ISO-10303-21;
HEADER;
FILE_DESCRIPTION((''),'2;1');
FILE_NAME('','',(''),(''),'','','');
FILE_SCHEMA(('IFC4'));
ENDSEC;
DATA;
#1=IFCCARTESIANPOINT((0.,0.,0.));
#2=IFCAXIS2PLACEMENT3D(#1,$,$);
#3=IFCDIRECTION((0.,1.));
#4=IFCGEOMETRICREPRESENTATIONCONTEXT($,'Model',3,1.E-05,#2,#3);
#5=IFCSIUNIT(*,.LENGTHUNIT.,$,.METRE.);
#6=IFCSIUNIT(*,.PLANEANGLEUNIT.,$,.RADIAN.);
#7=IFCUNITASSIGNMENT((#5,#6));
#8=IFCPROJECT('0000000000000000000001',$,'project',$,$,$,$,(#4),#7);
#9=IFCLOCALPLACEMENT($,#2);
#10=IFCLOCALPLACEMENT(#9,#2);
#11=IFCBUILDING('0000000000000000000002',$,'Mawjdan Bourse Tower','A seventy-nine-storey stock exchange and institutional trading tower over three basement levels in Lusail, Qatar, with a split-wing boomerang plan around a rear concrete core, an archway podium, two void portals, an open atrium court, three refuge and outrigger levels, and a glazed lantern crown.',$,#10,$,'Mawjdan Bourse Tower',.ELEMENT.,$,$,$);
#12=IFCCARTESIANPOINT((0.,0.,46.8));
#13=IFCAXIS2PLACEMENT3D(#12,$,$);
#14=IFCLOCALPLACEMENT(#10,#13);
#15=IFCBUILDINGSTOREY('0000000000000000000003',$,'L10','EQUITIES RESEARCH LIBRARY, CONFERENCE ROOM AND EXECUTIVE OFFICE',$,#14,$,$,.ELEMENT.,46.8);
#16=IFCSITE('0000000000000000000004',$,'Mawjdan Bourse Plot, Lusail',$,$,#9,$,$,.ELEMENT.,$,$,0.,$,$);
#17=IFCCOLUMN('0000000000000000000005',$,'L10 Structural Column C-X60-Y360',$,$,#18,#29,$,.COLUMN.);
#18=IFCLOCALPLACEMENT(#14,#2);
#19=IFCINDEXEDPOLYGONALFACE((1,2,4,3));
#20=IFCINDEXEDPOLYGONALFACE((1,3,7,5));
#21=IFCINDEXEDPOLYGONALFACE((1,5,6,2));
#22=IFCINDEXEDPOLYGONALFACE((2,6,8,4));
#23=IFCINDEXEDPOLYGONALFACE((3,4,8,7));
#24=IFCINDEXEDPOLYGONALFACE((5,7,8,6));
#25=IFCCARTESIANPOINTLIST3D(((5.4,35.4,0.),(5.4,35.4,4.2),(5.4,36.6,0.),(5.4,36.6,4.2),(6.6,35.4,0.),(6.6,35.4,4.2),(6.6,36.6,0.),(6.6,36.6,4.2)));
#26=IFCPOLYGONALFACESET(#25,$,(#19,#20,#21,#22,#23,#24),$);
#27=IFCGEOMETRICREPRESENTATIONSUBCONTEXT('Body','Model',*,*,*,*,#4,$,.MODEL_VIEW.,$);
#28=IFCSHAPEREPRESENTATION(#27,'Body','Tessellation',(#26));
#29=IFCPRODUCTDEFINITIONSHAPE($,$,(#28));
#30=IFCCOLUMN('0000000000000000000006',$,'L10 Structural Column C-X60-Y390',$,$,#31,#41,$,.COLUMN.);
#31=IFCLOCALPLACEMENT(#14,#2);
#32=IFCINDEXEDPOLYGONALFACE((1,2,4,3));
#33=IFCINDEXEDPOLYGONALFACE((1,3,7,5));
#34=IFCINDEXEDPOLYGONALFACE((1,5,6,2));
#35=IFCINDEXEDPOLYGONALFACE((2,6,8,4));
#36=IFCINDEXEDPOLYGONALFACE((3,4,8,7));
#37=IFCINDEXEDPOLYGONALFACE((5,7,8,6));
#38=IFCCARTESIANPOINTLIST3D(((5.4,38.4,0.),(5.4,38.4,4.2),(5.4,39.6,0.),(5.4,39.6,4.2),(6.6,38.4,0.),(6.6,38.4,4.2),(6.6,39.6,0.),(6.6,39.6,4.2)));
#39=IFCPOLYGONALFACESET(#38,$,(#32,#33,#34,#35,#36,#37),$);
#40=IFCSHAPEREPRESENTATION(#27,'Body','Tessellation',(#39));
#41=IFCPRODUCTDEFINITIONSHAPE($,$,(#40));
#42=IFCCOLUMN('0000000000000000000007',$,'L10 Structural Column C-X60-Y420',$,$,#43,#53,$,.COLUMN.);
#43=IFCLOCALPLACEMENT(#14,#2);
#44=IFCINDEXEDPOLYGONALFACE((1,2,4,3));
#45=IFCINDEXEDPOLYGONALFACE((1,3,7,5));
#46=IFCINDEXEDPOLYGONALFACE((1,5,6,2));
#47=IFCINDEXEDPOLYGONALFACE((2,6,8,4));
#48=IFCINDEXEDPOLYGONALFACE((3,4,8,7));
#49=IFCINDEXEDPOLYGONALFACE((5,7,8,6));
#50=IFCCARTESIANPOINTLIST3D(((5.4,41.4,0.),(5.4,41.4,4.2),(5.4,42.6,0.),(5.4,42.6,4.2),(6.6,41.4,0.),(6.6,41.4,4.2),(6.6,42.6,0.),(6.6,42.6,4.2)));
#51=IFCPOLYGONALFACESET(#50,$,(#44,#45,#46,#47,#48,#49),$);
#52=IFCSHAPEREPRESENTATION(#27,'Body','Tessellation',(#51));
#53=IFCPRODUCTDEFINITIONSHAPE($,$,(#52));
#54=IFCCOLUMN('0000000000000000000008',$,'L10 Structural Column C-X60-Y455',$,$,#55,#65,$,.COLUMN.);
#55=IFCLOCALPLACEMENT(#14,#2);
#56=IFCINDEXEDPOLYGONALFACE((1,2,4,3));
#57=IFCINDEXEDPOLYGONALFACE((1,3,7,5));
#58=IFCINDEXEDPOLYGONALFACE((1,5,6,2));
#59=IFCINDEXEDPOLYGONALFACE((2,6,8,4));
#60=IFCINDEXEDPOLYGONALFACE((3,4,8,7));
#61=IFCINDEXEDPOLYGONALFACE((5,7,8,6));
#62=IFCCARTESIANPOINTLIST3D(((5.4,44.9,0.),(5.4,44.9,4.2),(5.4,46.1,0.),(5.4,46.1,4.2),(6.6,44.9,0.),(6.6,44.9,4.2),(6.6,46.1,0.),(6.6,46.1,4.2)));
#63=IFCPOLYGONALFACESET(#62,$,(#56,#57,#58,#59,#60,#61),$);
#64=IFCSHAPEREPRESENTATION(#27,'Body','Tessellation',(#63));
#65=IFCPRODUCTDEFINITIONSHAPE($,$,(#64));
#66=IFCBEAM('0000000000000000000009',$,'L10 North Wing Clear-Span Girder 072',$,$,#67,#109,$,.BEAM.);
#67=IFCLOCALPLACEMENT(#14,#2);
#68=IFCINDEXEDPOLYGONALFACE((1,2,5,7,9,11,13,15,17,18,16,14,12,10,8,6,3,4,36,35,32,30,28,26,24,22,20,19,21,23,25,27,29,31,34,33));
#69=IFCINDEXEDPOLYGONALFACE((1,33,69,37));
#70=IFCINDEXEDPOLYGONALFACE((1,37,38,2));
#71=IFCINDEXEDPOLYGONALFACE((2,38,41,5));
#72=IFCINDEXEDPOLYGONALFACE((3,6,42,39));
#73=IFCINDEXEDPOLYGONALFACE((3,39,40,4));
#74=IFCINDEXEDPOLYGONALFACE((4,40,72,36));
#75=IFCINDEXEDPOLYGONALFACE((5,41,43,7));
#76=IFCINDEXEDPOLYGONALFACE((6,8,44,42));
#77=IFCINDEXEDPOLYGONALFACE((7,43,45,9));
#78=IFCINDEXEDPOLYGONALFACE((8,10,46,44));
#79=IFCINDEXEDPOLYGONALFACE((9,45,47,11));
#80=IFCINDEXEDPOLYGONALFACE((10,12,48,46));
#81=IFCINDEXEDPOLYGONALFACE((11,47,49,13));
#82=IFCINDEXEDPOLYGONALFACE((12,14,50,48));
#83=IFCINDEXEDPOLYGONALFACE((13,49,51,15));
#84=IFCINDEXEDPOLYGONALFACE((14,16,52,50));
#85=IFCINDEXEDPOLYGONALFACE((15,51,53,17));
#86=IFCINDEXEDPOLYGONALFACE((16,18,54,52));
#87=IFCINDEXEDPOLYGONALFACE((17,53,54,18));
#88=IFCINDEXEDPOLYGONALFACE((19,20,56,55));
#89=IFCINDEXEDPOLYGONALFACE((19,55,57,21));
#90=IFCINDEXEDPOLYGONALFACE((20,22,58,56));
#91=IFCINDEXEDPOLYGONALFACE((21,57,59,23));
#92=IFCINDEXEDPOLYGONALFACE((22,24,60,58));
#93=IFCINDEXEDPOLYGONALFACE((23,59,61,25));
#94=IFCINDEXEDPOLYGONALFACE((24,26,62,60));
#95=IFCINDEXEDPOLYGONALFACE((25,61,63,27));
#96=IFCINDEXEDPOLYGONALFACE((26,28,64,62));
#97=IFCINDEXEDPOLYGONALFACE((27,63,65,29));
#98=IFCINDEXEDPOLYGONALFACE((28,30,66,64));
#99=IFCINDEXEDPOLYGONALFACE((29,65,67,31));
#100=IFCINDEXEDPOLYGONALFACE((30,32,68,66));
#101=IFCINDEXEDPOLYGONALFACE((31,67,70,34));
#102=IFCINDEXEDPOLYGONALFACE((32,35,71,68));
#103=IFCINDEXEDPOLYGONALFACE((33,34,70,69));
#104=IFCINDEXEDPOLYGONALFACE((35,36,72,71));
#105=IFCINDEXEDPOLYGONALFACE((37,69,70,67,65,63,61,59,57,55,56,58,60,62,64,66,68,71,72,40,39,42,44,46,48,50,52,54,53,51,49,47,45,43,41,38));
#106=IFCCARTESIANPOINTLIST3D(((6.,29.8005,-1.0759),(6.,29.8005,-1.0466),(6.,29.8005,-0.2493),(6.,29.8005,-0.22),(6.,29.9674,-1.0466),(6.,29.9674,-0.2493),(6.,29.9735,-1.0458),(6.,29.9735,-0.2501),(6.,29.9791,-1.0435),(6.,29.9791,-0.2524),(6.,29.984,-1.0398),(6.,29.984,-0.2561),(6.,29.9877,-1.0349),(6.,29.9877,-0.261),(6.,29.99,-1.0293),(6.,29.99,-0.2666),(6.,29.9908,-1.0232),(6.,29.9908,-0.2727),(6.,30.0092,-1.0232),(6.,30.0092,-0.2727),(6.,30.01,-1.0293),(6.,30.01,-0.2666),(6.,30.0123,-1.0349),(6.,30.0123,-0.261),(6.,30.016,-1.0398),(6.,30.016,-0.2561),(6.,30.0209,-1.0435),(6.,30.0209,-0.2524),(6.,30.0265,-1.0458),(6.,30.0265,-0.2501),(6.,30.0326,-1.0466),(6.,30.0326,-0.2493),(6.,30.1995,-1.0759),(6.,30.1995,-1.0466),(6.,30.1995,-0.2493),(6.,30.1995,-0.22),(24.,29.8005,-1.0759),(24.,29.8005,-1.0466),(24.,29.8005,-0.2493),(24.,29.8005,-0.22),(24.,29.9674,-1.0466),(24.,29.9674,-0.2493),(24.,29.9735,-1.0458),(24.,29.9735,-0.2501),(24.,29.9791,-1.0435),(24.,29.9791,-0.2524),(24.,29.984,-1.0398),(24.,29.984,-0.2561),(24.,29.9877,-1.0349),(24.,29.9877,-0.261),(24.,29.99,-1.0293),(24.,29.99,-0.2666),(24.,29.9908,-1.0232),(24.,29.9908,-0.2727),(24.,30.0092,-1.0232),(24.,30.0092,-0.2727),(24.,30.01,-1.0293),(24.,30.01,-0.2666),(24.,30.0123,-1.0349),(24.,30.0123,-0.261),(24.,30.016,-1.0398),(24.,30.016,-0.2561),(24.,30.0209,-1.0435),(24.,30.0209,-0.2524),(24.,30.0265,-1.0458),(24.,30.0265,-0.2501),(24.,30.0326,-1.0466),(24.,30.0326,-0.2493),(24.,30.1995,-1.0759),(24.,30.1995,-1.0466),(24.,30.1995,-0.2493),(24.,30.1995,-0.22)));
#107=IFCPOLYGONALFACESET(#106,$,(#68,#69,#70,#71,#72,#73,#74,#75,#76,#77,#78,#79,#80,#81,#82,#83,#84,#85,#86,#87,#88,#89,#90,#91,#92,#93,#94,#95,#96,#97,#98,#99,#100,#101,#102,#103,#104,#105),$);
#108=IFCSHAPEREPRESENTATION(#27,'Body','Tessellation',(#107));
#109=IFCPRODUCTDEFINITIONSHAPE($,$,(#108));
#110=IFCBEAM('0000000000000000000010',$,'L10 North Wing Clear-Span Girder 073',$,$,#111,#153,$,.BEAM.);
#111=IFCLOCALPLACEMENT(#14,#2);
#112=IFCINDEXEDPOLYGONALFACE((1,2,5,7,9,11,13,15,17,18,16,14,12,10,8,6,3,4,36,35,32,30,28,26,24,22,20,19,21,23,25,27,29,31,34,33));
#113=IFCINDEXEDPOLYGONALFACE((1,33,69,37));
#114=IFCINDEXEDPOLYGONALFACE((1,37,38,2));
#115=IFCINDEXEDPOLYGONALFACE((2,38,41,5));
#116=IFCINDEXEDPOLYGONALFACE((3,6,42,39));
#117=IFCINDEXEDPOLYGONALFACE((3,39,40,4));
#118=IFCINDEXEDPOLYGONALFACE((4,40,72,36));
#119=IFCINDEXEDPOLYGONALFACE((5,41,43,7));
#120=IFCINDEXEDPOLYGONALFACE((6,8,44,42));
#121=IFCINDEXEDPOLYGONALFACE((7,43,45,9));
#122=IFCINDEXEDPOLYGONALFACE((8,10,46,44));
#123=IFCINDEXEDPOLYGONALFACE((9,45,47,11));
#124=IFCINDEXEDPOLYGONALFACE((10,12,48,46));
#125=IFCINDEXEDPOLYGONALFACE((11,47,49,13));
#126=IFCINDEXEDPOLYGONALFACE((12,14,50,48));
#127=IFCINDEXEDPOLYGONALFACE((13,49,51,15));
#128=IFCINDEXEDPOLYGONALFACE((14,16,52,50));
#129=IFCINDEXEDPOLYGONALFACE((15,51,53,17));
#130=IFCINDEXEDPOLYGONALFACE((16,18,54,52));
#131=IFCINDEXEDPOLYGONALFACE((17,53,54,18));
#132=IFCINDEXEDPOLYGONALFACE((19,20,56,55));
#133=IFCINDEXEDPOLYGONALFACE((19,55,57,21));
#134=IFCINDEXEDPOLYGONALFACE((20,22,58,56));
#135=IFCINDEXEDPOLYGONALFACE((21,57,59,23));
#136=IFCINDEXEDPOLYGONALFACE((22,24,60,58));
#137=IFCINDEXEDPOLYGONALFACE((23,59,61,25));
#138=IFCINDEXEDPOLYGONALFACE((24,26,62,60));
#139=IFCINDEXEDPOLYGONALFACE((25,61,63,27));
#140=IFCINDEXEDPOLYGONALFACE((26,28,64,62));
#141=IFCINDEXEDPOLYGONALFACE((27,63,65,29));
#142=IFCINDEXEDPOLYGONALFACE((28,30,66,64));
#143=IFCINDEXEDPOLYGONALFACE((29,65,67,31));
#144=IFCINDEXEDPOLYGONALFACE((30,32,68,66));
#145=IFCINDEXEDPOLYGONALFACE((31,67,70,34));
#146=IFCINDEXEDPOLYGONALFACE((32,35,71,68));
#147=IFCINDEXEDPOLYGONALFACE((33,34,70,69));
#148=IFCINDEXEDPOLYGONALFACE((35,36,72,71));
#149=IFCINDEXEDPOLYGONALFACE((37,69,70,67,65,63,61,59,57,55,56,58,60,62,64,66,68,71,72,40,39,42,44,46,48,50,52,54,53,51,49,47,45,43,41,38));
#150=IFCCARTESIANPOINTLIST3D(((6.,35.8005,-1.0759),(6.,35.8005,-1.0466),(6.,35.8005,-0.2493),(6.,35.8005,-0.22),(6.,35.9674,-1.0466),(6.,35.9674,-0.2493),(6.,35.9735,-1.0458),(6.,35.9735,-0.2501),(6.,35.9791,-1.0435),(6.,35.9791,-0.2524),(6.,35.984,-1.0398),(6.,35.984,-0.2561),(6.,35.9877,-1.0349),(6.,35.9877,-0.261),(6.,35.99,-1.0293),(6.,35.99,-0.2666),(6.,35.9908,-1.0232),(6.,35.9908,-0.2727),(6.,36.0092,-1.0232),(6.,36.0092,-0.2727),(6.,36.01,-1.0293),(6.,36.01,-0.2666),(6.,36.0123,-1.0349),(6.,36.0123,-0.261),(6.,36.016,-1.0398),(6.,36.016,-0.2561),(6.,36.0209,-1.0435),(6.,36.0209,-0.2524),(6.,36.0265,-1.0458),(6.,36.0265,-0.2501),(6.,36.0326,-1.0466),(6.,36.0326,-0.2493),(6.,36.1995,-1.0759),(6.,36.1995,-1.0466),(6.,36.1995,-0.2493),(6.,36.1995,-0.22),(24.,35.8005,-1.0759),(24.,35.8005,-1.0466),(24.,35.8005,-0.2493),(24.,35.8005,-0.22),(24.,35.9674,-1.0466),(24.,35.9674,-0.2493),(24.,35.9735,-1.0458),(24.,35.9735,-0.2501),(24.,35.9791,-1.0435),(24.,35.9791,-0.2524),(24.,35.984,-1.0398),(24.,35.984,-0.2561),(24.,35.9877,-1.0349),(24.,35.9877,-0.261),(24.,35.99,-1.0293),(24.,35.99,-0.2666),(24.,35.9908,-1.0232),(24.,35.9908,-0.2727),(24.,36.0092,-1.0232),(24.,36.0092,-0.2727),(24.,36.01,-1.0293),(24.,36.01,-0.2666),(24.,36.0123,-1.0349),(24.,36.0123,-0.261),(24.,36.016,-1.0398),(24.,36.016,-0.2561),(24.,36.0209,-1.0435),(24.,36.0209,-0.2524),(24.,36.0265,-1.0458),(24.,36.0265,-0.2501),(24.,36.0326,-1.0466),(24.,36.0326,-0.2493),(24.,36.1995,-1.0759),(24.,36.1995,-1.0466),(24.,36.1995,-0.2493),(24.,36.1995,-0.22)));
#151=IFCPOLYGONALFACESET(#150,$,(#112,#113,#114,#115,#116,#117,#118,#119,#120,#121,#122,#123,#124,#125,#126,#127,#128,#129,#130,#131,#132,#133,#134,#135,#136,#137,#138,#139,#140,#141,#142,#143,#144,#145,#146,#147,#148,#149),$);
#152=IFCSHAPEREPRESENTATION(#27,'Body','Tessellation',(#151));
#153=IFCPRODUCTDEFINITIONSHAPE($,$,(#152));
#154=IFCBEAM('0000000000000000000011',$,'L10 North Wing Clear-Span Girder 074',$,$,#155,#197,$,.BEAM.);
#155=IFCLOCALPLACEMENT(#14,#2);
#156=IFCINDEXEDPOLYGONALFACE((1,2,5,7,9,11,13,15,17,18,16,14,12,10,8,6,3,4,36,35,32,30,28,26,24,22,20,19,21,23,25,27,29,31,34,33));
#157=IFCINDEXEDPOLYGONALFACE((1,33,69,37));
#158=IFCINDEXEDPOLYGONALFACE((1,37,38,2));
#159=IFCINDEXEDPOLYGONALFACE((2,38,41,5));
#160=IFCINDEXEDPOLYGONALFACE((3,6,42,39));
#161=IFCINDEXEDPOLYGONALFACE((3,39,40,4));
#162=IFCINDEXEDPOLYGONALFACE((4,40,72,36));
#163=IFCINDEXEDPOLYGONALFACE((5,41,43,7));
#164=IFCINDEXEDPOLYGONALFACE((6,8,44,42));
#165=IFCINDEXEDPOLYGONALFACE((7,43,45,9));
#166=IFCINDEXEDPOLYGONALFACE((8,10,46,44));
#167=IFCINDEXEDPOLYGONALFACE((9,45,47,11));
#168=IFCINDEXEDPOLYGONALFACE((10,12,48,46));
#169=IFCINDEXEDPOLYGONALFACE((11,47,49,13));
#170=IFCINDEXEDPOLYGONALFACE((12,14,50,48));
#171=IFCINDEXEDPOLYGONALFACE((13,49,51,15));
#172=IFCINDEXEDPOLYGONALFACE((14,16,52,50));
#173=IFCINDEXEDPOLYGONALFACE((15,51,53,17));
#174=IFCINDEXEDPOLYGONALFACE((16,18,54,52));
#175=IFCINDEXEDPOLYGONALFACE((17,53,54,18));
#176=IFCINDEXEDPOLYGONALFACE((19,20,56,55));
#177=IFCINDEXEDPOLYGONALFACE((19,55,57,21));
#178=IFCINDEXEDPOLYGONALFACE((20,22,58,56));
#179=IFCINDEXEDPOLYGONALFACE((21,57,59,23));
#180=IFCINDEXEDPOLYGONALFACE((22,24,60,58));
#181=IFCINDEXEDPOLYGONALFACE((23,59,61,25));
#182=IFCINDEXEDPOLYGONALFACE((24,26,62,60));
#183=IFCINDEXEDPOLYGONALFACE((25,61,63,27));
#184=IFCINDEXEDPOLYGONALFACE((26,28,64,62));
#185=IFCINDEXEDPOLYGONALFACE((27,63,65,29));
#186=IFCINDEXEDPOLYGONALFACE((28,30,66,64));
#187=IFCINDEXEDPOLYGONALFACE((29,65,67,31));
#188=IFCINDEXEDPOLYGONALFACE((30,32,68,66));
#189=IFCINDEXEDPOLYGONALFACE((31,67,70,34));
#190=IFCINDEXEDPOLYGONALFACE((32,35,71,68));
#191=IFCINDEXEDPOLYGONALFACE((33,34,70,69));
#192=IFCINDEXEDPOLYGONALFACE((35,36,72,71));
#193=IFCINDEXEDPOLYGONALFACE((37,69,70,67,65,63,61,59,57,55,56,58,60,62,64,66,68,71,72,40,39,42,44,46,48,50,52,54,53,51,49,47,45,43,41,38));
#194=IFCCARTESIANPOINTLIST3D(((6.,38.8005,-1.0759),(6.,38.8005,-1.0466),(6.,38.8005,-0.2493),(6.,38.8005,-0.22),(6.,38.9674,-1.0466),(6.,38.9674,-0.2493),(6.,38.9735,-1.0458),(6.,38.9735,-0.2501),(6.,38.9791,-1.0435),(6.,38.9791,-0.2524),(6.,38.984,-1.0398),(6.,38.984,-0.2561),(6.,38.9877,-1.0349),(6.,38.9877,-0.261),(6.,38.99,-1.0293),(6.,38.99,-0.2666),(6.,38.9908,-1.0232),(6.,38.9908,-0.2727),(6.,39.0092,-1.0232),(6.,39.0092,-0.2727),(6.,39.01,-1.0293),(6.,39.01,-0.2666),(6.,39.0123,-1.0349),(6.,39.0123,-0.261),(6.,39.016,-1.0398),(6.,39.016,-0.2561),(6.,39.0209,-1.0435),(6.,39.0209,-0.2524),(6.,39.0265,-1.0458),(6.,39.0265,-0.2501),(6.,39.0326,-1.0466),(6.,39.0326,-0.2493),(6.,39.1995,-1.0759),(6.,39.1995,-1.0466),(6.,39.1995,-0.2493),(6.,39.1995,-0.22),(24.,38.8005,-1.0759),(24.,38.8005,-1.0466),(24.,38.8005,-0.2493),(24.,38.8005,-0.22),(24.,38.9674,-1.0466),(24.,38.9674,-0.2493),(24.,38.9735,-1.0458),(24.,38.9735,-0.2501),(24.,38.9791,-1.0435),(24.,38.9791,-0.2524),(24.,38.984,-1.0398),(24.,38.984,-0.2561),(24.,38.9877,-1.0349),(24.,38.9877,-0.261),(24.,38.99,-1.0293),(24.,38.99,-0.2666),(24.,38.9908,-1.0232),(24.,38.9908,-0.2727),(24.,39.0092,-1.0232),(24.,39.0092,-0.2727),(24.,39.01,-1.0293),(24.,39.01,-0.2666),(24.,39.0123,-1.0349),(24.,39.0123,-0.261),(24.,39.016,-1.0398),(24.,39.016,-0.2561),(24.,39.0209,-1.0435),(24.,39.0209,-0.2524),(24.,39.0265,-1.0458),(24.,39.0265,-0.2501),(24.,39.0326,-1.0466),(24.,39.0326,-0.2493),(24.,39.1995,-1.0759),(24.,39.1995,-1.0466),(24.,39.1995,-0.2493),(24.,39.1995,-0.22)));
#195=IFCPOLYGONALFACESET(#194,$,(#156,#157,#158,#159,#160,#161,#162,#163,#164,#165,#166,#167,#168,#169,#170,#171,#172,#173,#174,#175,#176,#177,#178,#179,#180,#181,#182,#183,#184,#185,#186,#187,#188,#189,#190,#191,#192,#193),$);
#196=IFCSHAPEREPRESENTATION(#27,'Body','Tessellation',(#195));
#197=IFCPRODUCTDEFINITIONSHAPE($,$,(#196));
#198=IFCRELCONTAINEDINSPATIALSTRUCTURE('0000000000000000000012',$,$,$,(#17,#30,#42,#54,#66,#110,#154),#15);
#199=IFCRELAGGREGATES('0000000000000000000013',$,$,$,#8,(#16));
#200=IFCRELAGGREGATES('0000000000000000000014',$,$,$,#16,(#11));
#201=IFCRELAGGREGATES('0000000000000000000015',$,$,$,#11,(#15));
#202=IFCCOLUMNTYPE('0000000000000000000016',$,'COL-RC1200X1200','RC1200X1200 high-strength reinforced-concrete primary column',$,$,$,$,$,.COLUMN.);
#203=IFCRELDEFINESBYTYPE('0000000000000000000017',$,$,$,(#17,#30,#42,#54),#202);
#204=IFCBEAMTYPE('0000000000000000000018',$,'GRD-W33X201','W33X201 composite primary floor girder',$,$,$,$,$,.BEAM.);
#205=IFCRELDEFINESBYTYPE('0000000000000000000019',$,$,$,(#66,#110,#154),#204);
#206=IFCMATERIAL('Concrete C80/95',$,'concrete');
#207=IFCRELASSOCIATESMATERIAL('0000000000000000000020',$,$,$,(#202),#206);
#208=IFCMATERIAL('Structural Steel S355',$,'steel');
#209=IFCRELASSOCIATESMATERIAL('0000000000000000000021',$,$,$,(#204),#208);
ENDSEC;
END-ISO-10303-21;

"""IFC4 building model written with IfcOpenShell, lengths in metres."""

from ifc_helpers import new_model, si_unit, direction, frame, origin, origin_2d, place, context, subcontext, project, spatial, rectangle, i_section, extrude, material, material_profile, profile_set, type_object, element, save


model = new_model("IFC4")

# Units and contexts
model_context = context("Model", 3, precision=1e-05, world=origin(), true_north=direction((0.0, 1.0)))
body_context = subcontext(model_context, "Body", "Model", "MODEL_VIEW")
ifc_project = project(units=[si_unit("LENGTHUNIT", "METRE"), si_unit("PLANEANGLEUNIT", "RADIAN")], contexts=[model_context])

# Site, building, storey
site_placement = place(None, origin())
site = spatial("IfcSite", under=ifc_project, at=site_placement, Name="Mawjdan Bourse Plot, Lusail", CompositionType="ELEMENT", RefElevation=0.0)
building_placement = place(site_placement, origin())
building = spatial("IfcBuilding", under=site, at=building_placement, Name="Mawjdan Bourse Tower", Description="A seventy-nine-storey stock exchange and institutional trading tower over three basement levels in Lusail, Qatar, with a split-wing boomerang plan around a rear concrete core, an archway podium, two void portals, an open atrium court, three refuge and outrigger levels, and a glazed lantern crown.", LongName="Mawjdan Bourse Tower", CompositionType="ELEMENT")
storey_placement = place(building_placement, frame((0.0, 0.0, 46.8)))
storey = spatial("IfcBuildingStorey", under=building, at=storey_placement, Name="L10", Description="EQUITIES RESEARCH LIBRARY, CONFERENCE ROOM AND EXECUTIVE OFFICE", CompositionType="ELEMENT", Elevation=46.8)

# Columns
ifc_material_1 = material(Name="Concrete C80/95", Category="concrete")
ifc_material_profile_1 = material_profile(ifc_material_1, rectangle(XDim=1.2, YDim=1.2, at=origin_2d()), Name="RC1200X1200")
ifc_profile_set_1 = profile_set([ifc_material_profile_1], Name="Concrete C80/95")
column_type = type_object("IfcColumnType", Name="COL-RC1200X1200", Description="RC1200X1200 high-strength reinforced-concrete primary column", PredefinedType="COLUMN", material=ifc_profile_set_1)
for number, where, z_axis, x_axis, name in (
    (1, (6.0, 36.0, 0.0), (0.0, 0.0, 1.0), (1.0, 0.0, 0.0), "L10 Structural Column C-X60-Y360"),
    (2, (6.0, 39.0, 0.0), (0.0, 0.0, 1.0), (1.0, 0.0, 0.0), "L10 Structural Column C-X60-Y390"),
    (3, (6.0, 42.0, 0.0), (0.0, 0.0, 1.0), (1.0, 0.0, 0.0), "L10 Structural Column C-X60-Y420"),
    (4, (6.0, 45.5, 0.0), (0.0, 0.0, 1.0), (1.0, 0.0, 0.0), "L10 Structural Column C-X60-Y455"),
):
    element("IfcColumn", number, at=place(storey_placement, frame(where, z_axis=z_axis, x_axis=x_axis)), inside=storey, type_object=column_type, Name=name, PredefinedType="COLUMN", context=body_context, shape_type="SweptSolid", body=[
        extrude(rectangle(XDim=1.2, YDim=1.2, at=origin_2d()), origin(), (0.0, 0.0, 1.0), 4.2),
    ])

# Beams
ifc_material_2 = material(Name="Structural Steel S355", Category="steel")
ifc_material_profile_2 = material_profile(ifc_material_2, i_section(OverallWidth=0.3989, OverallDepth=0.856, WebThickness=0.0183, FlangeThickness=0.0293, FilletRadius=0.0234, at=origin_2d()), Name="W33X201")
ifc_profile_set_2 = profile_set([ifc_material_profile_2], Name="Structural Steel S355")
beam_type_1 = type_object("IfcBeamType", Name="GRD-W33X201", Description="W33X201 composite primary floor girder", PredefinedType="BEAM", material=ifc_profile_set_2)
for number, where, z_axis, x_axis, name in (
    (5, (6.0, 30.0, -0.6479), (1.0, 0.0, 0.0), (0.0, 1.0, 0.0), "L10 North Wing Clear-Span Girder 072"),
    (6, (6.0, 36.0, -0.6479), (1.0, 0.0, 0.0), (0.0, 1.0, 0.0), "L10 North Wing Clear-Span Girder 073"),
    (7, (6.0, 39.0, -0.6479), (1.0, 0.0, 0.0), (0.0, 1.0, 0.0), "L10 North Wing Clear-Span Girder 074"),
):
    element("IfcBeam", number, at=place(storey_placement, frame(where, z_axis=z_axis, x_axis=x_axis)), inside=storey, type_object=beam_type_1, Name=name, PredefinedType="BEAM", context=body_context, shape_type="SweptSolid", body=[
        extrude(i_section(OverallWidth=0.3989, OverallDepth=0.856, WebThickness=0.0183, FlangeThickness=0.0293, FilletRadius=0.0234, at=origin_2d()), origin(), (0.0, 0.0, 1.0), 18.0),
    ])

save(model, "model.ifc")
